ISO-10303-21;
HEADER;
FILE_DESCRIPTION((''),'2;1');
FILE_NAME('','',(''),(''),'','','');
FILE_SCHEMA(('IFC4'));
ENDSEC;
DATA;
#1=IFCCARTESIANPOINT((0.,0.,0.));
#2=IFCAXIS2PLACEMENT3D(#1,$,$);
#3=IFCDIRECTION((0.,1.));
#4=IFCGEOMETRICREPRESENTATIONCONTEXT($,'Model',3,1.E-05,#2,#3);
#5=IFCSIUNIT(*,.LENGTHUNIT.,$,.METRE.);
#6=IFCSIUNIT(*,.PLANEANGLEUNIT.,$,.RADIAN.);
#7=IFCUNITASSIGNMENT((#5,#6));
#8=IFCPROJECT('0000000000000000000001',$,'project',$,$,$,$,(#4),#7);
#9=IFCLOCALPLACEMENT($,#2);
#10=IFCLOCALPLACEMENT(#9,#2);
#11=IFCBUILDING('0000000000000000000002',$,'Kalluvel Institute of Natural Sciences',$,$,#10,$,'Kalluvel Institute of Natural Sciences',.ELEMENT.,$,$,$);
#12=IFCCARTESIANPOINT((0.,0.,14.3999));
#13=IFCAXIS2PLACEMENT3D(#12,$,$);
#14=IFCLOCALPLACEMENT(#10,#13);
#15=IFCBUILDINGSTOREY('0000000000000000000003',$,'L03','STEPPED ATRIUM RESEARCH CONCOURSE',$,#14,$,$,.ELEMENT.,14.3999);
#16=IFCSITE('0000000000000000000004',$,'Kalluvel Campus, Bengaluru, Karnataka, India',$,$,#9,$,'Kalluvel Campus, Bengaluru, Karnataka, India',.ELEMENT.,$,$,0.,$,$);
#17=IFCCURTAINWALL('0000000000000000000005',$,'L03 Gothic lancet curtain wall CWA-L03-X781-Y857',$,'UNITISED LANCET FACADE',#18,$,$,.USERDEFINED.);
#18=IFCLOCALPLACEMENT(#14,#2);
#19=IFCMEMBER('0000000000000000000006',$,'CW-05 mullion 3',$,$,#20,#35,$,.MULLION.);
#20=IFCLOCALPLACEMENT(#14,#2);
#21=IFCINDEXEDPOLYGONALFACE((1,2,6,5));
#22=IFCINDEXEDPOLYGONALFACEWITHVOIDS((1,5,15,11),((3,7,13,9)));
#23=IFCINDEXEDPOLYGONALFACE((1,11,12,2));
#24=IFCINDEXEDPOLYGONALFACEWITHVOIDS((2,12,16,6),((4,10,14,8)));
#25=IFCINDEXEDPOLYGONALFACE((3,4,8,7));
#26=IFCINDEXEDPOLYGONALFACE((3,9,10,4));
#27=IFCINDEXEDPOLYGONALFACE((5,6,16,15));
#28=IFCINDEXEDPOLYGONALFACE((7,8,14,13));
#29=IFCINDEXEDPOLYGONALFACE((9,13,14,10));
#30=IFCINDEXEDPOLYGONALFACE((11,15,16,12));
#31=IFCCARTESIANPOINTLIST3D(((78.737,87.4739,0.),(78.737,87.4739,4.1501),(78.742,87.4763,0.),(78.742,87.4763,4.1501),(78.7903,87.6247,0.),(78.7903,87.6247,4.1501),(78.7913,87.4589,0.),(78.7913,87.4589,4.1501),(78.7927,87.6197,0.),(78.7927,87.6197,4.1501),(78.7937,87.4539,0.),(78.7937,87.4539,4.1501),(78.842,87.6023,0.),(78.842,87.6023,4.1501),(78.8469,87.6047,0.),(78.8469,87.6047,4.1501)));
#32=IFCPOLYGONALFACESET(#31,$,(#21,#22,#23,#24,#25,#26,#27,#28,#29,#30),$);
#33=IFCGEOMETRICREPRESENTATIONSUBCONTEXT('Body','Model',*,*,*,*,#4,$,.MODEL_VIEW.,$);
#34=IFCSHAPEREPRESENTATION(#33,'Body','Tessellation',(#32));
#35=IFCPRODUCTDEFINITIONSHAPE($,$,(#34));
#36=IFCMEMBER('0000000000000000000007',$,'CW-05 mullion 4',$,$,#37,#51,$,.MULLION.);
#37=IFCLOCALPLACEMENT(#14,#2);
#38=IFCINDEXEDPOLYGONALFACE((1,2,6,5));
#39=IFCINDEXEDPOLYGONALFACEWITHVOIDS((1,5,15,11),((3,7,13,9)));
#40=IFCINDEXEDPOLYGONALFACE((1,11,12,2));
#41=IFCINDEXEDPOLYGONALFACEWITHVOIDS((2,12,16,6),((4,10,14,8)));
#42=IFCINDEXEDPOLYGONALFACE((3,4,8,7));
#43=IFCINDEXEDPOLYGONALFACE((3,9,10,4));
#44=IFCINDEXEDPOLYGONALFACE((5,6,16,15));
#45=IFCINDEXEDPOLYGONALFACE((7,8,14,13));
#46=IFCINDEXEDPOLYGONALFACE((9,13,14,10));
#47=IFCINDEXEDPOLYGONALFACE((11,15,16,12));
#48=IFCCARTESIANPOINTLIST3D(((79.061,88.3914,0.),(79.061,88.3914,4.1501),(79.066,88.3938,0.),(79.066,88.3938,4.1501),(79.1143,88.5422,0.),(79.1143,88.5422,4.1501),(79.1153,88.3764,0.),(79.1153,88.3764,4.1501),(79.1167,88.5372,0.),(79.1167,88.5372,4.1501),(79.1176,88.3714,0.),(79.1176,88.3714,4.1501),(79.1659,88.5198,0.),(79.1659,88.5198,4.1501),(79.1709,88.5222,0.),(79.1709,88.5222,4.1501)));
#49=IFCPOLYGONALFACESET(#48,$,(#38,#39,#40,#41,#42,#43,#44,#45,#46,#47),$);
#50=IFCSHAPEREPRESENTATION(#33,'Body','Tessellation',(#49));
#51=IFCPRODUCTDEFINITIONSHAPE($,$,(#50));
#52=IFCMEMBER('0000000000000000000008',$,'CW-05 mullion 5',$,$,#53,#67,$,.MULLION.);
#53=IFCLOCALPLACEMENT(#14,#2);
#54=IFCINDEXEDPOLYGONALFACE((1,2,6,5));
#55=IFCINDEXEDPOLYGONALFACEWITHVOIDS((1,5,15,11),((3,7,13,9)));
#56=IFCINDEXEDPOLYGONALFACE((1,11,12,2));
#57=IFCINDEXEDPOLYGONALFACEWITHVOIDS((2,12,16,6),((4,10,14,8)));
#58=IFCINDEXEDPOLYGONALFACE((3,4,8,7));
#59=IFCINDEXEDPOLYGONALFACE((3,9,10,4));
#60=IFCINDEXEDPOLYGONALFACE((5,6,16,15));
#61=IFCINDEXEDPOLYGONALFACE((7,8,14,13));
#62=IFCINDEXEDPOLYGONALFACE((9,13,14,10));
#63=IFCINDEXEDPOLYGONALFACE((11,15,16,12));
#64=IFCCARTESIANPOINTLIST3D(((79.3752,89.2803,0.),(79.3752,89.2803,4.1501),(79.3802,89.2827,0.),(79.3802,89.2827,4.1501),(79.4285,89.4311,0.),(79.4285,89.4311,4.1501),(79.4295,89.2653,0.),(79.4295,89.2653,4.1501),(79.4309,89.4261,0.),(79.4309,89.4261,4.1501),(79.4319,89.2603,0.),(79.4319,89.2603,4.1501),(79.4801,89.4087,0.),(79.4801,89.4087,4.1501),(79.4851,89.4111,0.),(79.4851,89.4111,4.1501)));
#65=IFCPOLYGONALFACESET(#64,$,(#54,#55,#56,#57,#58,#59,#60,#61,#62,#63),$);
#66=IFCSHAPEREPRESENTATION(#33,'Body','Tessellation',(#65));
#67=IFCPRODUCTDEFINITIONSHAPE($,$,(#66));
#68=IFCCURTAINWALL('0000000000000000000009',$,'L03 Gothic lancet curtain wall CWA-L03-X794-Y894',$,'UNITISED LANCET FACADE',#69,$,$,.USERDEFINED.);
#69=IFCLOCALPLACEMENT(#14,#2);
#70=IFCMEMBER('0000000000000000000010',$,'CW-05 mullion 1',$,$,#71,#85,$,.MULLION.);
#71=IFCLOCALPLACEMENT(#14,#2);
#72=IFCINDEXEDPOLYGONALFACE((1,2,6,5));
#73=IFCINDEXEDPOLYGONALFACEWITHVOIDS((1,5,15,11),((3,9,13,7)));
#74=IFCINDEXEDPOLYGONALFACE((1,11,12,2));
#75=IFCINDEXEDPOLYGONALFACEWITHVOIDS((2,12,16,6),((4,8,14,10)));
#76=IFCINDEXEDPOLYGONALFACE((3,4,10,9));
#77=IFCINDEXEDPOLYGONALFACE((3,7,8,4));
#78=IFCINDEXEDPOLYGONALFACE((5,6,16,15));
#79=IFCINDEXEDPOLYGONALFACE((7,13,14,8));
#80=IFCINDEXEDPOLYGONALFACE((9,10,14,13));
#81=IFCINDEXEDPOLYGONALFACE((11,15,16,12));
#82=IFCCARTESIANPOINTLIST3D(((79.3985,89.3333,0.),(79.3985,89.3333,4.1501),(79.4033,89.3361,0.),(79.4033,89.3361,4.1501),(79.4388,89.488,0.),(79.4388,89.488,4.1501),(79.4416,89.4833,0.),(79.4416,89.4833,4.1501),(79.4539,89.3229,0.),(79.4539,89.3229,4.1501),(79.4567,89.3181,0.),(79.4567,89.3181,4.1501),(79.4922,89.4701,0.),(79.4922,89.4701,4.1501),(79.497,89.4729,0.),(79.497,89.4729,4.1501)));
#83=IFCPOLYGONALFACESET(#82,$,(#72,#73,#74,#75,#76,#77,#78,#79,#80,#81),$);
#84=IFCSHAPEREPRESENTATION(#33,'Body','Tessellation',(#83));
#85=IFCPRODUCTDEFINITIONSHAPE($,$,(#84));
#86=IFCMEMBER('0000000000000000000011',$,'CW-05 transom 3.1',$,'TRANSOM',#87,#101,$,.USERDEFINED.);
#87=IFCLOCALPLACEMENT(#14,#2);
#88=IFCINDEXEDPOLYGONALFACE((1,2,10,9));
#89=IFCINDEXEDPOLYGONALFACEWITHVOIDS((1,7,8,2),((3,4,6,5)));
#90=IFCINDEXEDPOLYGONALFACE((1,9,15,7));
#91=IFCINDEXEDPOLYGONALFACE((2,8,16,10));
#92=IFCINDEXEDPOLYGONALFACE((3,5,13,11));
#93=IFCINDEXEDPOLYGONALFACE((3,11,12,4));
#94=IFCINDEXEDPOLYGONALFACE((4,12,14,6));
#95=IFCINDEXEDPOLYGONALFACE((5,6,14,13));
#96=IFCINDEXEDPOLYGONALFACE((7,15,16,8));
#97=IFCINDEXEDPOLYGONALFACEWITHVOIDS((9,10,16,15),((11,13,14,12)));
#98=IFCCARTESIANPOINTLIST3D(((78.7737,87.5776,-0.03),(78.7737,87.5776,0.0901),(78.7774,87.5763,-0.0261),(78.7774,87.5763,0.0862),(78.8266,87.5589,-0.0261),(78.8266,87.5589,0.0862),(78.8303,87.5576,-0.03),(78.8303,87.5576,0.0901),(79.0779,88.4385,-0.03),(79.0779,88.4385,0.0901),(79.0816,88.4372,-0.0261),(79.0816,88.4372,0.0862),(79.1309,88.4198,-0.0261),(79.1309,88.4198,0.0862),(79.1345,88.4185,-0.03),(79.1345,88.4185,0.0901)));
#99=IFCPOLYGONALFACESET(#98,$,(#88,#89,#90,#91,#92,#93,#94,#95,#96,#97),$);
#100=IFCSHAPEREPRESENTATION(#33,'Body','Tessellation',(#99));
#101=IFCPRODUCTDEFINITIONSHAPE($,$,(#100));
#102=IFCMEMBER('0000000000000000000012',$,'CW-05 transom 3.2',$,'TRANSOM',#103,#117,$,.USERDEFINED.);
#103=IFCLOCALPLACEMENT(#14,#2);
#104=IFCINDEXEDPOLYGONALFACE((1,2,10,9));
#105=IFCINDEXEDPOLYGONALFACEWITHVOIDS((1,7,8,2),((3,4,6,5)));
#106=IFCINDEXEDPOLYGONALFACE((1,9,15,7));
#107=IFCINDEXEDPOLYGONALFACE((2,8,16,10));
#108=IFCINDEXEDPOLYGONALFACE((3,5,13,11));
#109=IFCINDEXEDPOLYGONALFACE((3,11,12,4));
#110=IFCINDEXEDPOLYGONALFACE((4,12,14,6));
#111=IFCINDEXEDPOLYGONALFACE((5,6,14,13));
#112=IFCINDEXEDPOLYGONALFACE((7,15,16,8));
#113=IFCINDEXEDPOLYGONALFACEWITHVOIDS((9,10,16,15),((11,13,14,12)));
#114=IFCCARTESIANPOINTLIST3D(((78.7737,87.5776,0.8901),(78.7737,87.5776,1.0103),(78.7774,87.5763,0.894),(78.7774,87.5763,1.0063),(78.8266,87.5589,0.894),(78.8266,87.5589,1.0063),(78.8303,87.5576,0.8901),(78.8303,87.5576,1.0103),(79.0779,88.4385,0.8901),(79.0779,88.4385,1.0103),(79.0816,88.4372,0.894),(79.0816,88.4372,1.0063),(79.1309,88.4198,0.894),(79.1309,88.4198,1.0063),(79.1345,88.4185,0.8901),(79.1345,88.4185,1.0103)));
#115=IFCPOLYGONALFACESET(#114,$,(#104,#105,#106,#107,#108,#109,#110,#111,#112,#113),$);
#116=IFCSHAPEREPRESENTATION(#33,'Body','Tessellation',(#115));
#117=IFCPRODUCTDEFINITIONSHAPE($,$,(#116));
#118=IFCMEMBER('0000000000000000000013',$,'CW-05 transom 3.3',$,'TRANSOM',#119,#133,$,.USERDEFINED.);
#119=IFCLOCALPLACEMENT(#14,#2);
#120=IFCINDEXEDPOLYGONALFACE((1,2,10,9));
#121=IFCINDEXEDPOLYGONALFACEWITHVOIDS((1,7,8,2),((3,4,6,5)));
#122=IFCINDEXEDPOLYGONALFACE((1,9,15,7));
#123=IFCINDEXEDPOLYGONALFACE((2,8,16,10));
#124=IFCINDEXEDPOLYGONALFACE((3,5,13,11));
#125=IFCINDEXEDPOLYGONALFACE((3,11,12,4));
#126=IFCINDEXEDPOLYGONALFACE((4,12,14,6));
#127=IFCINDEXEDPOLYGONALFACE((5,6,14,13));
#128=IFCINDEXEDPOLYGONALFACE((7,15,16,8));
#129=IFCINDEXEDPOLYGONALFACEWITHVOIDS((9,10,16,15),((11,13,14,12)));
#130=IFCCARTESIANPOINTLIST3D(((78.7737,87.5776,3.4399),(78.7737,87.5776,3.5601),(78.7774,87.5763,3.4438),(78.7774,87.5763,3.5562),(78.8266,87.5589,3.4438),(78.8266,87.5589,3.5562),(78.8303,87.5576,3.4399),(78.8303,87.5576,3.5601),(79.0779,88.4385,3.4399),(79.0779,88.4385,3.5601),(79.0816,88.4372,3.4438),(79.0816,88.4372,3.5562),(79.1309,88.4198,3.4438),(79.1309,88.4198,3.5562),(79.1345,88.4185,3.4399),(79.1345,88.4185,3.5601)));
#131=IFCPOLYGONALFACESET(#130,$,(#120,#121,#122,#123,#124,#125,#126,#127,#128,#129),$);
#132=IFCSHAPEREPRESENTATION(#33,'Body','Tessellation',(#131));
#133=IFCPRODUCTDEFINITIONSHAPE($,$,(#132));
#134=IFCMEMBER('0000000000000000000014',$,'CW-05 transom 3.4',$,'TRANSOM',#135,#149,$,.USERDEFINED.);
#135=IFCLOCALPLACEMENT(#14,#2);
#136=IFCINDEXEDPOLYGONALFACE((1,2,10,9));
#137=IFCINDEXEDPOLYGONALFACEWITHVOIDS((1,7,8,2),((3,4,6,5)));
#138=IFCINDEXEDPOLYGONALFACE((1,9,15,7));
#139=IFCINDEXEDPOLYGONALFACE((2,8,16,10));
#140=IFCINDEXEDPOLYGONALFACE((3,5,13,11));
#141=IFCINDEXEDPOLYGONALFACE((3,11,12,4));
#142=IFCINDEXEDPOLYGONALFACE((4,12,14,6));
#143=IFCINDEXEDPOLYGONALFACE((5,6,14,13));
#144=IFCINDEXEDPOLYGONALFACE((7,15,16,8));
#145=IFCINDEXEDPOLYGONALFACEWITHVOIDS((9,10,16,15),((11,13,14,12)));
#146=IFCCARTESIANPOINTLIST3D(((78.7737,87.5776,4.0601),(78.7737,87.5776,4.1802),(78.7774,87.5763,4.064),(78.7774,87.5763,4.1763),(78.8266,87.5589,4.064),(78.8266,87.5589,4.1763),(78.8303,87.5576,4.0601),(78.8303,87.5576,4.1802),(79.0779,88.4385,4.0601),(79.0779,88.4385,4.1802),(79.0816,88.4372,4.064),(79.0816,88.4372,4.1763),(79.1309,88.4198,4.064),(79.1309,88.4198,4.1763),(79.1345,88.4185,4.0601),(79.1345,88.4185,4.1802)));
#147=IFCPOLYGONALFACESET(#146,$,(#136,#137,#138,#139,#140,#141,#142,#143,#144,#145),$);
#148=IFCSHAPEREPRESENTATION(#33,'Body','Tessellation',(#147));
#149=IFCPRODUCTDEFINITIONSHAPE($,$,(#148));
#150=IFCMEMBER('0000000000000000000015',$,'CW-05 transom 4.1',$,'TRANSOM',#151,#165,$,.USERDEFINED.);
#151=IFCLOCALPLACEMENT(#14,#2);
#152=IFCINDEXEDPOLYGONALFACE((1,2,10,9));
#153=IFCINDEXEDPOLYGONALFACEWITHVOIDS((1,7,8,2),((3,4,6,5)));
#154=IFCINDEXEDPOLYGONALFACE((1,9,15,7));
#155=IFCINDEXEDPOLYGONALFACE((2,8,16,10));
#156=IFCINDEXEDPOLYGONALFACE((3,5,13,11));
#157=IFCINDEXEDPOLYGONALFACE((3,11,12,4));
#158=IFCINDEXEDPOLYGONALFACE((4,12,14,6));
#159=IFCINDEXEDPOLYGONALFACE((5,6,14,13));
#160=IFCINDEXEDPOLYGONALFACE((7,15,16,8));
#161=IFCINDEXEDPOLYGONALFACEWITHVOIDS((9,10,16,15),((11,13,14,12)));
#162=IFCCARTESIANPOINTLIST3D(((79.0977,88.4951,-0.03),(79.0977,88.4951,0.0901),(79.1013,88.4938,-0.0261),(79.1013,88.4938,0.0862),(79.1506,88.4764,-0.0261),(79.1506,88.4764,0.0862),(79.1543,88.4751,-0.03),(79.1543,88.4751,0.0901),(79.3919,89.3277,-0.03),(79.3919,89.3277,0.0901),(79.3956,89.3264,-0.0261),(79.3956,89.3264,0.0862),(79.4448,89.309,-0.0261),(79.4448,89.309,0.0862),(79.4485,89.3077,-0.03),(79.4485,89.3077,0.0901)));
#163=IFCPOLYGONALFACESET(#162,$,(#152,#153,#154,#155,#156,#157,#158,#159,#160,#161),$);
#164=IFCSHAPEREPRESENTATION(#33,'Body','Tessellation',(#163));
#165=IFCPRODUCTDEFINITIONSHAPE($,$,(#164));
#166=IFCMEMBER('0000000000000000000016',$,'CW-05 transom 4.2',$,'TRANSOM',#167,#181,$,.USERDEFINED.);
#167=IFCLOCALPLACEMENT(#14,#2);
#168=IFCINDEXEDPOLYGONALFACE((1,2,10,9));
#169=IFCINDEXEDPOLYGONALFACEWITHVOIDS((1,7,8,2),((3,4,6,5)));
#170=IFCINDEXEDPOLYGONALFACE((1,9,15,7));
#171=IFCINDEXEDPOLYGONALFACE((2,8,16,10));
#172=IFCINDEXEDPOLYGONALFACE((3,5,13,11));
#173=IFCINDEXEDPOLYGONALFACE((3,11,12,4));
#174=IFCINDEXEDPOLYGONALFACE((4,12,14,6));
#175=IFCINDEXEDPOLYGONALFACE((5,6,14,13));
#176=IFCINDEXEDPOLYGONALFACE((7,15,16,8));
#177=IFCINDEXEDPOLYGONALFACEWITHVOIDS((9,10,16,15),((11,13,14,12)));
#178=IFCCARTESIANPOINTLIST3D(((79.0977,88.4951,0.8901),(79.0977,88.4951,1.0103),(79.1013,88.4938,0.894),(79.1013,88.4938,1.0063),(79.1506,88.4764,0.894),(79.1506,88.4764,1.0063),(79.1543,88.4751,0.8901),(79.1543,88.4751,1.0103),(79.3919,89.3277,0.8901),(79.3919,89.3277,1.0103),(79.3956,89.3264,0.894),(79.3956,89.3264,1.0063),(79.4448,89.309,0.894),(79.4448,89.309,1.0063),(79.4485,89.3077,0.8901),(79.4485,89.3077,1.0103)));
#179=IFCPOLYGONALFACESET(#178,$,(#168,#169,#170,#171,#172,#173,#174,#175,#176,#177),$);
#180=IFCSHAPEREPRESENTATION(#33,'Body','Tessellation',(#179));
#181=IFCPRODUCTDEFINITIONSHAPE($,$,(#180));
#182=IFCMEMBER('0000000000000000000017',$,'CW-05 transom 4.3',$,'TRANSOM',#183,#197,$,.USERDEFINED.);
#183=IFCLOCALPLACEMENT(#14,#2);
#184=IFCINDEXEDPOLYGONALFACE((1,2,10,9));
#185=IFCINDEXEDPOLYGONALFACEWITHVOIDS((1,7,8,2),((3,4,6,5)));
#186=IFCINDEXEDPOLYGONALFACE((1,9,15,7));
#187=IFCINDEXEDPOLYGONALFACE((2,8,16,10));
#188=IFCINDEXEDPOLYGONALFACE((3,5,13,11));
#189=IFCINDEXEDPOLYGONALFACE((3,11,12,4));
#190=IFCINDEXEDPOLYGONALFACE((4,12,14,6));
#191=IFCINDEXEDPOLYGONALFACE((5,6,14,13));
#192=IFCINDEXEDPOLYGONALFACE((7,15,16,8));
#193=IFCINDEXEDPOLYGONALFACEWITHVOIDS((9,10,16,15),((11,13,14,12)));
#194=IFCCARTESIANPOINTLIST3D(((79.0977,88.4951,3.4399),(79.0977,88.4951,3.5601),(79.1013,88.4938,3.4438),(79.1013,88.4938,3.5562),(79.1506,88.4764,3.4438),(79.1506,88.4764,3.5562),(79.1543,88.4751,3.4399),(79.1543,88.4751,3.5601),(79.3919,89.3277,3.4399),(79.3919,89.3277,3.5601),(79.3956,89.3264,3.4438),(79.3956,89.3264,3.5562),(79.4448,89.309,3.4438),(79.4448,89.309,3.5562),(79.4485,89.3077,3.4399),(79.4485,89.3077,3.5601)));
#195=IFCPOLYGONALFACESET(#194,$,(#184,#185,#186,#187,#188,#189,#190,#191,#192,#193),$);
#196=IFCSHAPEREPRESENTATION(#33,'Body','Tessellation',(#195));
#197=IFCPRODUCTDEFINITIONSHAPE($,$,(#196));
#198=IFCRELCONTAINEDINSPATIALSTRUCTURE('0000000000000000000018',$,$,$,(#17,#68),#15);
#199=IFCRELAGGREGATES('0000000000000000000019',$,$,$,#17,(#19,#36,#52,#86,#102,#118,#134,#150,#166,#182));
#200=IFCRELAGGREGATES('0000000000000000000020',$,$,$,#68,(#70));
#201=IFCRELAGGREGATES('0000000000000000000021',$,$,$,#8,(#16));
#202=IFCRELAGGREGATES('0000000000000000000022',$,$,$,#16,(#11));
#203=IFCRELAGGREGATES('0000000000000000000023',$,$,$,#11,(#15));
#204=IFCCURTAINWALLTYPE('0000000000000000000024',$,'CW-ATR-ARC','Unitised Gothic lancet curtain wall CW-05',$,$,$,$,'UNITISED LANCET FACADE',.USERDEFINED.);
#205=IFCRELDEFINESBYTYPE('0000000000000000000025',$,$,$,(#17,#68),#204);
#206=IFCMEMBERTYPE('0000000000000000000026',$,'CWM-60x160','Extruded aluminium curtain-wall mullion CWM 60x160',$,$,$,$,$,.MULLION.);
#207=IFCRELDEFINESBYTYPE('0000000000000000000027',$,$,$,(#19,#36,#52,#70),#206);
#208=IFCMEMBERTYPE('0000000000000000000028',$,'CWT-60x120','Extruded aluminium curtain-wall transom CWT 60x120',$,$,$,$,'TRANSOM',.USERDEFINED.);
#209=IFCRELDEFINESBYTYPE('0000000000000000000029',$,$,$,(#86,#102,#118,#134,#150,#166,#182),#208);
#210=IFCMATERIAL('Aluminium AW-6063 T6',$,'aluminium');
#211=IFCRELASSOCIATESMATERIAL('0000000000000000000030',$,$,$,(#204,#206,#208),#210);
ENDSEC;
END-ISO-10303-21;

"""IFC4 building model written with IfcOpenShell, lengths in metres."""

from ifc_helpers import new_model, si_unit, direction, frame, origin, origin_2d, place, context, subcontext, project, spatial, hollow_rectangle, extrude, material, material_profile, profile_set, type_object, element, aggregate, save


model = new_model("IFC4")

# Units and contexts
model_context = context("Model", 3, precision=1e-05, world=origin(), true_north=direction((0.0, 1.0)))
body_context = subcontext(model_context, "Body", "Model", "MODEL_VIEW")
ifc_project = project(units=[si_unit("LENGTHUNIT", "METRE"), si_unit("PLANEANGLEUNIT", "RADIAN")], contexts=[model_context])

# Site, building, storey
site_placement = place(None, origin())
site = spatial("IfcSite", under=ifc_project, at=site_placement, Name="Kalluvel Campus, Bengaluru, Karnataka, India", LongName="Kalluvel Campus, Bengaluru, Karnataka, India", CompositionType="ELEMENT", RefElevation=0.0)
building_placement = place(site_placement, origin())
building = spatial("IfcBuilding", under=site, at=building_placement, Name="Kalluvel Institute of Natural Sciences", LongName="Kalluvel Institute of Natural Sciences", CompositionType="ELEMENT")
storey_placement = place(building_placement, frame((0.0, 0.0, 14.3999)))
storey = spatial("IfcBuildingStorey", under=building, at=storey_placement, Name="L03", Description="STEPPED ATRIUM RESEARCH CONCOURSE", CompositionType="ELEMENT", Elevation=14.3999)

# Curtain wall, members
ifc_material_1 = material(Name="Aluminium AW-6063 T6", Category="aluminium")
curtain_wall_type = type_object("IfcCurtainWallType", Name="CW-ATR-ARC", Description="Unitised Gothic lancet curtain wall CW-05", ElementType="UNITISED LANCET FACADE", PredefinedType="USERDEFINED", material=ifc_material_1)
curtain_wall_1_placement = place(storey_placement, origin())
curtain_wall_1 = element("IfcCurtainWall", 1, at=curtain_wall_1_placement, inside=storey, type_object=curtain_wall_type, Name="L03 Gothic lancet curtain wall CWA-L03-X781-Y857", ObjectType="UNITISED LANCET FACADE", PredefinedType="USERDEFINED")
ifc_material_profile_1 = material_profile(ifc_material_1, hollow_rectangle(XDim=0.0601, YDim=0.1599, WallThickness=0.0039, at=origin_2d()), Name="CWM 60x160")
ifc_profile_set_1 = profile_set([ifc_material_profile_1], Name="Aluminium AW-6063 T6")
member_type_1 = type_object("IfcMemberType", Name="CWM-60x160", Description="Extruded aluminium curtain-wall mullion CWM 60x160", PredefinedType="MULLION", material=ifc_profile_set_1)
member_1_placement = place(storey_placement, frame((78.792, 87.5393, 0.0), z_axis=(0.0, 0.0, 1.0), x_axis=(-0.942882, 0.333128, 0.0)))
member_1 = element("IfcMember", 2, at=member_1_placement, type_object=member_type_1, Name="CW-05 mullion 3", PredefinedType="MULLION", context=body_context, shape_type="SweptSolid", body=[
    extrude(hollow_rectangle(XDim=0.0601, YDim=0.1599, WallThickness=0.0039, at=origin_2d()), origin(), (0.0, 0.0, 1.0), 4.1501),
])
member_2_placement = place(storey_placement, frame((79.116, 88.4568, 0.0), z_axis=(0.0, 0.0, 1.0), x_axis=(-0.942882, 0.333128, 0.0)))
member_2 = element("IfcMember", 3, at=member_2_placement, type_object=member_type_1, Name="CW-05 mullion 4", PredefinedType="MULLION", context=body_context, shape_type="SweptSolid", body=[
    extrude(hollow_rectangle(XDim=0.0601, YDim=0.1599, WallThickness=0.0039, at=origin_2d()), origin(), (0.0, 0.0, 1.0), 4.1501),
])
member_3_placement = place(storey_placement, frame((79.4302, 89.3457, 0.0), z_axis=(0.0, 0.0, 1.0), x_axis=(-0.942882, 0.333128, 0.0)))
member_3 = element("IfcMember", 4, at=member_3_placement, type_object=member_type_1, Name="CW-05 mullion 5", PredefinedType="MULLION", context=body_context, shape_type="SweptSolid", body=[
    extrude(hollow_rectangle(XDim=0.0601, YDim=0.1599, WallThickness=0.0039, at=origin_2d()), origin(), (0.0, 0.0, 1.0), 4.1501),
])

# Curtain wall, member
curtain_wall_2_placement = place(storey_placement, origin())
curtain_wall_2 = element("IfcCurtainWall", 5, at=curtain_wall_2_placement, inside=storey, type_object=curtain_wall_type, Name="L03 Gothic lancet curtain wall CWA-L03-X794-Y894", ObjectType="UNITISED LANCET FACADE", PredefinedType="USERDEFINED")
member_4_placement = place(storey_placement, frame((79.4478, 89.4031, 0.0), z_axis=(0.0, 0.0, 1.0), x_axis=(-0.967731, 0.251986, 0.0)))
member_4 = element("IfcMember", 6, at=member_4_placement, type_object=member_type_1, Name="CW-05 mullion 1", PredefinedType="MULLION", context=body_context, shape_type="SweptSolid", body=[
    extrude(hollow_rectangle(XDim=0.0601, YDim=0.1599, WallThickness=0.0039, at=origin_2d()), origin(), (0.0, 0.0, 1.0), 4.1501),
])

# Members
ifc_material_profile_2 = material_profile(ifc_material_1, hollow_rectangle(XDim=0.0601, YDim=0.1201, WallThickness=0.0039, at=origin_2d()), Name="CWT 60x120")
ifc_profile_set_2 = profile_set([ifc_material_profile_2], Name="Aluminium AW-6063 T6")
member_type_2 = type_object("IfcMemberType", Name="CWT-60x120", Description="Extruded aluminium curtain-wall transom CWT 60x120", ElementType="TRANSOM", PredefinedType="USERDEFINED", material=ifc_profile_set_2)
member_5_placement = place(storey_placement, frame((78.802, 87.5676, 0.03), z_axis=(0.333184, 0.942862, 0.0), x_axis=(-0.942862, 0.333184, 0.0)))
member_5 = element("IfcMember", 7, at=member_5_placement, type_object=member_type_2, Name="CW-05 transom 3.1", ObjectType="TRANSOM", PredefinedType="USERDEFINED", context=body_context, shape_type="SweptSolid", body=[
    extrude(hollow_rectangle(XDim=0.0601, YDim=0.1201, WallThickness=0.0039, at=origin_2d()), origin(), (0.0, 0.0, 1.0), 0.9131),
])
member_6_placement = place(storey_placement, frame((78.802, 87.5676, 0.9502), z_axis=(0.333184, 0.942862, 0.0), x_axis=(-0.942862, 0.333184, 0.0)))
member_6 = element("IfcMember", 8, at=member_6_placement, type_object=member_type_2, Name="CW-05 transom 3.2", ObjectType="TRANSOM", PredefinedType="USERDEFINED", context=body_context, shape_type="SweptSolid", body=[
    extrude(hollow_rectangle(XDim=0.0601, YDim=0.1201, WallThickness=0.0039, at=origin_2d()), origin(), (0.0, 0.0, 1.0), 0.9131),
])
member_7_placement = place(storey_placement, frame((78.802, 87.5676, 3.5), z_axis=(0.333184, 0.942862, 0.0), x_axis=(-0.942862, 0.333184, 0.0)))
member_7 = element("IfcMember", 9, at=member_7_placement, type_object=member_type_2, Name="CW-05 transom 3.3", ObjectType="TRANSOM", PredefinedType="USERDEFINED", context=body_context, shape_type="SweptSolid", body=[
    extrude(hollow_rectangle(XDim=0.0601, YDim=0.1201, WallThickness=0.0039, at=origin_2d()), origin(), (0.0, 0.0, 1.0), 0.9131),
])
member_8_placement = place(storey_placement, frame((78.802, 87.5676, 4.1201), z_axis=(0.333184, 0.942862, 0.0), x_axis=(-0.942862, 0.333184, 0.0)))
member_8 = element("IfcMember", 10, at=member_8_placement, type_object=member_type_2, Name="CW-05 transom 3.4", ObjectType="TRANSOM", PredefinedType="USERDEFINED", context=body_context, shape_type="SweptSolid", body=[
    extrude(hollow_rectangle(XDim=0.0601, YDim=0.1201, WallThickness=0.0039, at=origin_2d()), origin(), (0.0, 0.0, 1.0), 0.9131),
])
member_9_placement = place(storey_placement, frame((79.126, 88.4851, 0.03), z_axis=(0.333182, 0.942863, 0.0), x_axis=(-0.942863, 0.333182, 0.0)))
member_9 = element("IfcMember", 11, at=member_9_placement, type_object=member_type_2, Name="CW-05 transom 4.1", ObjectType="TRANSOM", PredefinedType="USERDEFINED", context=body_context, shape_type="SweptSolid", body=[
    extrude(hollow_rectangle(XDim=0.0601, YDim=0.1201, WallThickness=0.0039, at=origin_2d()), origin(), (0.0, 0.0, 1.0), 0.8831),
])
member_10_placement = place(storey_placement, frame((79.126, 88.4851, 0.9502), z_axis=(0.333182, 0.942863, 0.0), x_axis=(-0.942863, 0.333182, 0.0)))
member_10 = element("IfcMember", 12, at=member_10_placement, type_object=member_type_2, Name="CW-05 transom 4.2", ObjectType="TRANSOM", PredefinedType="USERDEFINED", context=body_context, shape_type="SweptSolid", body=[
    extrude(hollow_rectangle(XDim=0.0601, YDim=0.1201, WallThickness=0.0039, at=origin_2d()), origin(), (0.0, 0.0, 1.0), 0.8831),
])
member_11_placement = place(storey_placement, frame((79.126, 88.4851, 3.5), z_axis=(0.333182, 0.942863, 0.0), x_axis=(-0.942863, 0.333182, 0.0)))
member_11 = element("IfcMember", 13, at=member_11_placement, type_object=member_type_2, Name="CW-05 transom 4.3", ObjectType="TRANSOM", PredefinedType="USERDEFINED", context=body_context, shape_type="SweptSolid", body=[
    extrude(hollow_rectangle(XDim=0.0601, YDim=0.1201, WallThickness=0.0039, at=origin_2d()), origin(), (0.0, 0.0, 1.0), 0.8831),
])

aggregate(curtain_wall_1, [member_1, member_2, member_3, member_5, member_6, member_7, member_8, member_9, member_10, member_11])
aggregate(curtain_wall_2, [member_4])

save(model, "model.ifc")
